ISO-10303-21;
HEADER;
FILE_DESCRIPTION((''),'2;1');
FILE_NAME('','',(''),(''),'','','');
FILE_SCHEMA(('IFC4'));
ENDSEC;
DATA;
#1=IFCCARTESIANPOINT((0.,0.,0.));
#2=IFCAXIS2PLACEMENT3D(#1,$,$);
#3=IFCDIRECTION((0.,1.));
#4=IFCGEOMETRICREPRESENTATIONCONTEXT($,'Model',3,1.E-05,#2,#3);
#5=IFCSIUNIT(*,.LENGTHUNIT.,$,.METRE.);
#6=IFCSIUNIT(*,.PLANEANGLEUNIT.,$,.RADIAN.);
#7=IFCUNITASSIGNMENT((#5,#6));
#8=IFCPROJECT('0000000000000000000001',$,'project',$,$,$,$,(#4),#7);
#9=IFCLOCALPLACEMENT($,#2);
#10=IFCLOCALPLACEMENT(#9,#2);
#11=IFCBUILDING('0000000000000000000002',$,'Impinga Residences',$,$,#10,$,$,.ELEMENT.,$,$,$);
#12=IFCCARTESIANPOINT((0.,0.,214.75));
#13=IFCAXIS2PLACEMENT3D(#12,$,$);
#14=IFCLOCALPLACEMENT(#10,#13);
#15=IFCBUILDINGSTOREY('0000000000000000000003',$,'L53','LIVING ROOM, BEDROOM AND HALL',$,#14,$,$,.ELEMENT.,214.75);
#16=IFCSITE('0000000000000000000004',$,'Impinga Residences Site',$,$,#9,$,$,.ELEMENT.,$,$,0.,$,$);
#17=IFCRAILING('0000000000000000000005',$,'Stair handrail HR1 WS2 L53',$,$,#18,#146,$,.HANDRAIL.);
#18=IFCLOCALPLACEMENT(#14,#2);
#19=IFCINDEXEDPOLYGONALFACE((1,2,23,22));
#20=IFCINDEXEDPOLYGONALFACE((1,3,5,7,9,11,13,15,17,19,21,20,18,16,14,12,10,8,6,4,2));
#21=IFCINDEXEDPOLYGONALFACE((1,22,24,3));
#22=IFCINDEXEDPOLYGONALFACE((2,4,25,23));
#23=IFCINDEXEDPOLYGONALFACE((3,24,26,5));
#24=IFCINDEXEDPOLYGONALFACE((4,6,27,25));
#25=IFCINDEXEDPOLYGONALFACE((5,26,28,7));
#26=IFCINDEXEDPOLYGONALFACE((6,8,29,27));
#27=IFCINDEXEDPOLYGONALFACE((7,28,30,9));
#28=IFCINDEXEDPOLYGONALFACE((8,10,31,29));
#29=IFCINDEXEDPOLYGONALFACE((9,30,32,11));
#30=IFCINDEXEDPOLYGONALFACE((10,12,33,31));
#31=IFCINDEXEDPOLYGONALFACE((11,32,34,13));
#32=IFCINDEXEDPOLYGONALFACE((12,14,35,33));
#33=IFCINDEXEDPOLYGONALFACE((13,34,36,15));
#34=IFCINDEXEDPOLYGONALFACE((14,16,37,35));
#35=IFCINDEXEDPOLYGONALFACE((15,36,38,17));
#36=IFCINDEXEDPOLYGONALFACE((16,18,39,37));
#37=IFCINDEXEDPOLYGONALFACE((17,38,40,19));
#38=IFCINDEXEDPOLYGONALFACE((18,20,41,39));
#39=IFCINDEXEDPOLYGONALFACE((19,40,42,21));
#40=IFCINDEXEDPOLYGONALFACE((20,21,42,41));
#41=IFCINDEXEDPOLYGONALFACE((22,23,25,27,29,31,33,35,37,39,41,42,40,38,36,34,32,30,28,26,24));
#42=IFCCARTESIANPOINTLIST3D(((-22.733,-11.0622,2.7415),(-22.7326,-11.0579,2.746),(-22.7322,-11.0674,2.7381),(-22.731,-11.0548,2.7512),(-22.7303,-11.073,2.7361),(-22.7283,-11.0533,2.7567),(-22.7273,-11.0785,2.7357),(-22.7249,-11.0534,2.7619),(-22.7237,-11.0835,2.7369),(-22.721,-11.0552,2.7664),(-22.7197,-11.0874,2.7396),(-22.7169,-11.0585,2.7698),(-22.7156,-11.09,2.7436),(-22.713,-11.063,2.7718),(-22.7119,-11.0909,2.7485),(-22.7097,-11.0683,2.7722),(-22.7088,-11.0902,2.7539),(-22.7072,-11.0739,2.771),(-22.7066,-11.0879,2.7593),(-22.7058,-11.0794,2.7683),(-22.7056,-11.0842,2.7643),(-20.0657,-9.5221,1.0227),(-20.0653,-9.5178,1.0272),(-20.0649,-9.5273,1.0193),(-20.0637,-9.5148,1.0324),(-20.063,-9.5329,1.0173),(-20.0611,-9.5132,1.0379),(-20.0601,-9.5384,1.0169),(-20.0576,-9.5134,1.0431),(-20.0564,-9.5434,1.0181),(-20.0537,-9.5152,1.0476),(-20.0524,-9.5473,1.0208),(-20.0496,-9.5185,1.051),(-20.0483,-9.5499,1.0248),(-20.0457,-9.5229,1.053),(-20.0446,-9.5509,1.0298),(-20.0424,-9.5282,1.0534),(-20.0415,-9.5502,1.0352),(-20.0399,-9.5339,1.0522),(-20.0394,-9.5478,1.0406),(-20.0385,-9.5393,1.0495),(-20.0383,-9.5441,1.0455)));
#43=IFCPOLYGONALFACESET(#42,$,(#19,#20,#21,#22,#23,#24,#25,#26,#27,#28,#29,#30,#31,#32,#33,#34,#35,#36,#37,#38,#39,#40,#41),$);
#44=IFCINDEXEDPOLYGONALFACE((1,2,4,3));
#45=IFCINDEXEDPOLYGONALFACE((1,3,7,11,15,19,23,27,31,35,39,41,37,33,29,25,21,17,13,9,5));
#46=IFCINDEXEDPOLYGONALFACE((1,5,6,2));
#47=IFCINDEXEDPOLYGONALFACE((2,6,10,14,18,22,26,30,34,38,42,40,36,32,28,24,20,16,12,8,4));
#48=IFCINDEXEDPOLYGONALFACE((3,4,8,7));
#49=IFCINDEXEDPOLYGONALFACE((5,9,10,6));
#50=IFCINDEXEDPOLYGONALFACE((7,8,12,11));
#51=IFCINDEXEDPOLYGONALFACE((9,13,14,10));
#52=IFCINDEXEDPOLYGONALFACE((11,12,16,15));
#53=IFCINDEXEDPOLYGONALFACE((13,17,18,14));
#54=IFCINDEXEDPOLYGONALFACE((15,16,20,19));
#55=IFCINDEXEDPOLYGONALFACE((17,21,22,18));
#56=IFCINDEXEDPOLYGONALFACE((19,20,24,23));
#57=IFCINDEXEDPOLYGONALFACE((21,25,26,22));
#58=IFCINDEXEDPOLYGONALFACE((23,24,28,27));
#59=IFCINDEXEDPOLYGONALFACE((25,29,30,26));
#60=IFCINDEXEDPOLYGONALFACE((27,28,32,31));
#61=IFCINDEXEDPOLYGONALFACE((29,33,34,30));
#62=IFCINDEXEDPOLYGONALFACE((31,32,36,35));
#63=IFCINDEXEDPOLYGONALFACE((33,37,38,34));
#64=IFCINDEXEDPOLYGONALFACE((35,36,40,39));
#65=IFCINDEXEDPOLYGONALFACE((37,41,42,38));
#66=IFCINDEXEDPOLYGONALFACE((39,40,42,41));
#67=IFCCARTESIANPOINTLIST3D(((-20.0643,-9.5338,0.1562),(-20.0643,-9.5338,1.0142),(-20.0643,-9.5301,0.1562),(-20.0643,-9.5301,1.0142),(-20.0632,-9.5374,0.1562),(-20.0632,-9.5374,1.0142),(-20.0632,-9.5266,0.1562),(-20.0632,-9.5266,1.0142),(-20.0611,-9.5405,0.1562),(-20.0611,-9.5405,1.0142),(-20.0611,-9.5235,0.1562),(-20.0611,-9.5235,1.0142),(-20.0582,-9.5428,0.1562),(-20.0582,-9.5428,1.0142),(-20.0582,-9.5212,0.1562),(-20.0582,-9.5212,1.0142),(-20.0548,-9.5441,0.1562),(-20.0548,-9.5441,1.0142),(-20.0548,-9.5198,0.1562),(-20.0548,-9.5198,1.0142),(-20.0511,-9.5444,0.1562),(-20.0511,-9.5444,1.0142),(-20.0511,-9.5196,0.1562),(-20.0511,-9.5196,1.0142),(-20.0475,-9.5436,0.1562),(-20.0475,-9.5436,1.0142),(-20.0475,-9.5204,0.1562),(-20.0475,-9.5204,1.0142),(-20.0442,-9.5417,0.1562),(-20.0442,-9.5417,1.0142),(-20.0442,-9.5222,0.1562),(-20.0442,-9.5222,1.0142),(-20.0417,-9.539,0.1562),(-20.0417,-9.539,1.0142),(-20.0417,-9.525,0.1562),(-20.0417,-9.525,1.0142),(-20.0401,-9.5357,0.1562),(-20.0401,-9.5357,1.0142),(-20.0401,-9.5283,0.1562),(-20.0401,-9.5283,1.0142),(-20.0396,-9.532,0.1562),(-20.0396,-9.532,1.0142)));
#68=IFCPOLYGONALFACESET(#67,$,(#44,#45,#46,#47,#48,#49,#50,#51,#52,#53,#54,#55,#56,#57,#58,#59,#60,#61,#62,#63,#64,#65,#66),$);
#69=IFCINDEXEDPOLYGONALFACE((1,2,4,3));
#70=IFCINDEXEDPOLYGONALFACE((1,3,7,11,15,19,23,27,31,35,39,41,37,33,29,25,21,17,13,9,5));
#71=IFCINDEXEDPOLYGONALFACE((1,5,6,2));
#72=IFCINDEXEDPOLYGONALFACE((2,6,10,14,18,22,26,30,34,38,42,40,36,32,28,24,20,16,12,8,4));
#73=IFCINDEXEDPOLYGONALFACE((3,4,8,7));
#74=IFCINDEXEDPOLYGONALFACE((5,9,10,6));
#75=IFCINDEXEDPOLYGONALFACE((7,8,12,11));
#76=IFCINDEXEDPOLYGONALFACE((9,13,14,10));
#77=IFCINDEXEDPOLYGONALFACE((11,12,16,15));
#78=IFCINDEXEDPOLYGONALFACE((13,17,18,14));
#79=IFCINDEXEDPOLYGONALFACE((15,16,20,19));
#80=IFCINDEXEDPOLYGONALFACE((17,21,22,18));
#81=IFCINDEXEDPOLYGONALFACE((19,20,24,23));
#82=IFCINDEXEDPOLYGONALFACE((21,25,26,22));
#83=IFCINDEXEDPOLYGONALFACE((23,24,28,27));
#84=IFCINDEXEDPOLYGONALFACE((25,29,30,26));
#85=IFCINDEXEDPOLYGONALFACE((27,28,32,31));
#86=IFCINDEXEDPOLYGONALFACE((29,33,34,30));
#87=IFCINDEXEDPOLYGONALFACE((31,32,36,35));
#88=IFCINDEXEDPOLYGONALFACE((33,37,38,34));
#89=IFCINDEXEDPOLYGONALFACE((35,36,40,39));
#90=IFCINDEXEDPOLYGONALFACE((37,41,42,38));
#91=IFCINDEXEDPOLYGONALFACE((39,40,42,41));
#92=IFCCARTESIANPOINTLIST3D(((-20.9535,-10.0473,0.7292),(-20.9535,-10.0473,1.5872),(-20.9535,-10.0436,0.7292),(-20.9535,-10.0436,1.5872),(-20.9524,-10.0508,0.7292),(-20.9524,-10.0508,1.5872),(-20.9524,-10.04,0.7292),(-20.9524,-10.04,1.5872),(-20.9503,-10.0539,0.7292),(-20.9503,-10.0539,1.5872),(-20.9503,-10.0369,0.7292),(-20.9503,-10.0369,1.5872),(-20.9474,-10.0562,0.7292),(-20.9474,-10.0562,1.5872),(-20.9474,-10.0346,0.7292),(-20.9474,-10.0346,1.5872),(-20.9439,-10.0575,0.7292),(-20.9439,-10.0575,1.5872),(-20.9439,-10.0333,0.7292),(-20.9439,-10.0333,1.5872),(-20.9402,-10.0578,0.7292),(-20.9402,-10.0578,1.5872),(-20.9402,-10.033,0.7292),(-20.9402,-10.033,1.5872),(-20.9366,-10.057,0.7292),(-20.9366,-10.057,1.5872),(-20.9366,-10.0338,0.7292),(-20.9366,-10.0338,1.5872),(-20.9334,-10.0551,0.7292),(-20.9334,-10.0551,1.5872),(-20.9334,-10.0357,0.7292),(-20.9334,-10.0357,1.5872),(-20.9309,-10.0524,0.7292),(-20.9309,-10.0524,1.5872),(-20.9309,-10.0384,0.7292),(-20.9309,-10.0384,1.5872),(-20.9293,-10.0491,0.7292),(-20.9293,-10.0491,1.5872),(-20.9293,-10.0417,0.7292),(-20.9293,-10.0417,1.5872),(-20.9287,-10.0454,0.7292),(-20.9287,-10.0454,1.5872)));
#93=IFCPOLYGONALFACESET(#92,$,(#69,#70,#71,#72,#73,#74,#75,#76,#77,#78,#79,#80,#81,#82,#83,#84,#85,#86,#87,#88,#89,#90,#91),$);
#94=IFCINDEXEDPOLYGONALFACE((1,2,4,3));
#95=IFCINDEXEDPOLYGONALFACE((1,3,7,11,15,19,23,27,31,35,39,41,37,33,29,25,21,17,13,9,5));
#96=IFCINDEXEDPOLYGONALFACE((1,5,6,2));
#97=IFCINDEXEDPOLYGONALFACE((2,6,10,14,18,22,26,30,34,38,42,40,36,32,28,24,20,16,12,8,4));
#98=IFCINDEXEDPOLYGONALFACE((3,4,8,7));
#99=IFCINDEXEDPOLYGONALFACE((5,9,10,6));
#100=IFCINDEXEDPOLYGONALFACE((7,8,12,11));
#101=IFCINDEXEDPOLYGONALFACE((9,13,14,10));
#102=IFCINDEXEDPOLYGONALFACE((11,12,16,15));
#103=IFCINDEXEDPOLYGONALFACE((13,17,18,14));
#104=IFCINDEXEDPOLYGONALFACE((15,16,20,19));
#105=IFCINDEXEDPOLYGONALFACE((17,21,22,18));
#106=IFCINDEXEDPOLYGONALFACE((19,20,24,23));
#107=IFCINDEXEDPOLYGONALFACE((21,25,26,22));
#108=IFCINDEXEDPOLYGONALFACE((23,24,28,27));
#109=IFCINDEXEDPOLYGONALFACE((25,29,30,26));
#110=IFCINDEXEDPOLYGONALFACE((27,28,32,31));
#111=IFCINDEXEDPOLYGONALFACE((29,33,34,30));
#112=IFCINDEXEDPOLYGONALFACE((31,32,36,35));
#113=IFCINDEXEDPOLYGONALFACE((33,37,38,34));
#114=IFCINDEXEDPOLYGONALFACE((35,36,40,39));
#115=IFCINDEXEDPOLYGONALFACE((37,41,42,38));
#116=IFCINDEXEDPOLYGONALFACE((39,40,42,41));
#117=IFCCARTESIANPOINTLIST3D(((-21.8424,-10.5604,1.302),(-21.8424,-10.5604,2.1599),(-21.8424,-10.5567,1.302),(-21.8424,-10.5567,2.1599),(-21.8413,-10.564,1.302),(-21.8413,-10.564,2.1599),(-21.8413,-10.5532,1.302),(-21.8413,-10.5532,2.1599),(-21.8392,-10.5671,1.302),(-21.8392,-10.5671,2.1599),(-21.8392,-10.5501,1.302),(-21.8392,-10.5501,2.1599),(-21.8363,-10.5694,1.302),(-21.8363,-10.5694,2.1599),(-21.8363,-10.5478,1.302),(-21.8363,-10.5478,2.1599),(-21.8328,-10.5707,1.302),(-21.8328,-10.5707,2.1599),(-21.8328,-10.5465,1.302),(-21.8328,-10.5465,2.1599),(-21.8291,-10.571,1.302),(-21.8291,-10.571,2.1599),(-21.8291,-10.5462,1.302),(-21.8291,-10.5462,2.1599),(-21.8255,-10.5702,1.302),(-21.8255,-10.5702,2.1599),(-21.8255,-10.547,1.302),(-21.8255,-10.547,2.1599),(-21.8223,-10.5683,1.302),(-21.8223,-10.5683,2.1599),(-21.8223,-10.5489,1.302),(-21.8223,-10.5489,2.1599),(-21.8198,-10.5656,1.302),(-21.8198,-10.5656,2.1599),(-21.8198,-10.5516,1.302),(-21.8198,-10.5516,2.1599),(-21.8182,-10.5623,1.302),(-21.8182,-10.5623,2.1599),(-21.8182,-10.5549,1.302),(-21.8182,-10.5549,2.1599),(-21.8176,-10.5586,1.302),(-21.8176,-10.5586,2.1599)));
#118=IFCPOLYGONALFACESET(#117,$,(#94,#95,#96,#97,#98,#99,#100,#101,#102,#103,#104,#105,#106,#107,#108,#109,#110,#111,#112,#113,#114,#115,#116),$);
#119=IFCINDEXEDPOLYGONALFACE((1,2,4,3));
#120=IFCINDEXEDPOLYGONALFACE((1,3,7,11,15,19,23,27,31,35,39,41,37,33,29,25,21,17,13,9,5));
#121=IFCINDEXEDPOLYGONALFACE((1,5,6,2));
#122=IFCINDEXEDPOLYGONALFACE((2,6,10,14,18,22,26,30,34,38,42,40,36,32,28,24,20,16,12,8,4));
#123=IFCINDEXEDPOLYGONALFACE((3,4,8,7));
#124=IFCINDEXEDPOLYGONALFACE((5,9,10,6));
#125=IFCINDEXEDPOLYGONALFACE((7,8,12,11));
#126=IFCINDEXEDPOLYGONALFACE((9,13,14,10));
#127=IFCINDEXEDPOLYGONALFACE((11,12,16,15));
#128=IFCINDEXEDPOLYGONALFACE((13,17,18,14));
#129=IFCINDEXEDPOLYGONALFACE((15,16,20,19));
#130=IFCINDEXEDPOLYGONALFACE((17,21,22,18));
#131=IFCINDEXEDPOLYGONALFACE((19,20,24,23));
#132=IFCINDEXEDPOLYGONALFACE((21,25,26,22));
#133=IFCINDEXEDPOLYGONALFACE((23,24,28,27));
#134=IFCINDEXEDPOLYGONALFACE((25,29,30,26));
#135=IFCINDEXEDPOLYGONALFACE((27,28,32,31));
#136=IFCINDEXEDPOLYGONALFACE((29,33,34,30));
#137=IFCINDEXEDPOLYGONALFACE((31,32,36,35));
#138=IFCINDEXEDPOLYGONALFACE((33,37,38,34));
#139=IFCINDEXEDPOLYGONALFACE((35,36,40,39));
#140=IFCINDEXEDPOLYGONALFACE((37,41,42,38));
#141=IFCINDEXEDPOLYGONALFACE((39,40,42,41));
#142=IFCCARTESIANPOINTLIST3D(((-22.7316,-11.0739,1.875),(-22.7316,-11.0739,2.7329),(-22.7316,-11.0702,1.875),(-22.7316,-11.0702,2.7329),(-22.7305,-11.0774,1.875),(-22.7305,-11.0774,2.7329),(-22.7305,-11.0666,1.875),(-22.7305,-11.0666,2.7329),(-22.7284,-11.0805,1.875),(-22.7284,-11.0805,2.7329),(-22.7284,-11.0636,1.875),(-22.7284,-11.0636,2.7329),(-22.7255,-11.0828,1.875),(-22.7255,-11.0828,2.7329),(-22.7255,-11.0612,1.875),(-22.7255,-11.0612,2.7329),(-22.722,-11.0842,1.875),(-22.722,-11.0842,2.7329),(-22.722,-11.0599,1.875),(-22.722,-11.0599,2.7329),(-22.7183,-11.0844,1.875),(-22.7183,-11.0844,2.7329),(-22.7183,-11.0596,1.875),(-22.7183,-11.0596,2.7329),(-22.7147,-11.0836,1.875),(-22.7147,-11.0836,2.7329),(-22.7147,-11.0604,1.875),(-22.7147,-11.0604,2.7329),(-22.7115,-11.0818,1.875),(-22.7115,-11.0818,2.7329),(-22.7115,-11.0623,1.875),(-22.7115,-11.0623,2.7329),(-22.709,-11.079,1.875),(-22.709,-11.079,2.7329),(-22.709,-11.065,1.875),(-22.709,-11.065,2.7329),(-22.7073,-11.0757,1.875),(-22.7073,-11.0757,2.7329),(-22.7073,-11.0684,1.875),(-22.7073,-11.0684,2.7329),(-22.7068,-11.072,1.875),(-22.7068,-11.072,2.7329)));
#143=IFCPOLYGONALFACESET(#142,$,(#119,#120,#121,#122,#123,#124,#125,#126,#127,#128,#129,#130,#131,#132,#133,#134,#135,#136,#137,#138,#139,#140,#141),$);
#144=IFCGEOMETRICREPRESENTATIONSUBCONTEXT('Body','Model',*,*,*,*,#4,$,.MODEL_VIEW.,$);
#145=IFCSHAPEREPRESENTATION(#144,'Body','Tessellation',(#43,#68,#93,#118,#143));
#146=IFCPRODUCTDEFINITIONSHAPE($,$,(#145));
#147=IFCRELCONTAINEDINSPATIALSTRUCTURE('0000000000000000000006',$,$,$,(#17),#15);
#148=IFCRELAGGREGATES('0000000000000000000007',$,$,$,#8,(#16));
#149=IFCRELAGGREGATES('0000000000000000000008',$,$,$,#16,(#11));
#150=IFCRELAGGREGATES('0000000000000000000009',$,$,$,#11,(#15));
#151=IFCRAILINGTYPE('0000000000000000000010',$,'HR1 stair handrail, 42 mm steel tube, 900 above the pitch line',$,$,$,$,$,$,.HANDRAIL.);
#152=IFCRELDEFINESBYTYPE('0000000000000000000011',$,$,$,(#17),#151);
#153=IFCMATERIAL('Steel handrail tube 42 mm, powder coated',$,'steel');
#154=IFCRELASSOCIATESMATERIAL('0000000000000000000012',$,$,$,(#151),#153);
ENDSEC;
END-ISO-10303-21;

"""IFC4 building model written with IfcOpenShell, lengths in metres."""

from ifc_helpers import new_model, si_unit, direction, frame, origin, origin_2d, place, context, subcontext, project, spatial, circle, extrude, material, type_object, element, save


model = new_model("IFC4")

# Units and contexts
model_context = context("Model", 3, precision=1e-05, world=origin(), true_north=direction((0.0, 1.0)))
body_context = subcontext(model_context, "Body", "Model", "MODEL_VIEW")
ifc_project = project(units=[si_unit("LENGTHUNIT", "METRE"), si_unit("PLANEANGLEUNIT", "RADIAN")], contexts=[model_context])

# Site, building, storey
site_placement = place(None, origin())
site = spatial("IfcSite", under=ifc_project, at=site_placement, Name="Impinga Residences Site", CompositionType="ELEMENT", RefElevation=0.0)
building_placement = place(site_placement, origin())
building = spatial("IfcBuilding", under=site, at=building_placement, Name="Impinga Residences", CompositionType="ELEMENT")
storey_placement = place(building_placement, frame((0.0, 0.0, 214.75)))
storey = spatial("IfcBuildingStorey", under=building, at=storey_placement, Name="L53", Description="LIVING ROOM, BEDROOM AND HALL", CompositionType="ELEMENT", Elevation=214.75)

# Railing
ifc_material_1 = material(Name="Steel handrail tube 42 mm, powder coated", Category="steel")
railing_type_1 = type_object("IfcRailingType", Name="HR1 stair handrail, 42 mm steel tube, 900 above the pitch line", PredefinedType="HANDRAIL", material=ifc_material_1)
railing_1_placement = place(storey_placement, frame((-20.052, -9.532, 0.1562)))
element("IfcRailing", 1, at=railing_1_placement, inside=storey, type_object=railing_type_1, Name="Stair handrail HR1 WS2 L53", PredefinedType="HANDRAIL", context=body_context, shape_type="SweptSolid", body=[
    extrude(circle(Radius=0.021, at=origin_2d()), frame((0.0, 0.0, 0.8789), z_axis=(-0.756226, -0.436639, 0.487307), x_axis=(0.500027, -0.86601, 0.0)), (0.0, 0.0, 1.0), 3.5271),
    extrude(circle(Radius=0.0125, at=origin_2d()), origin(), (0.0, 0.0, 1.0), 0.8579),
    extrude(circle(Radius=0.0125, at=origin_2d()), frame((-0.8892, -0.5134, 0.573)), (0.0, 0.0, 1.0), 0.8579),
    extrude(circle(Radius=0.0125, at=origin_2d()), frame((-1.7781, -1.0266, 1.1458)), (0.0, 0.0, 1.0), 0.8579),
    extrude(circle(Radius=0.0125, at=origin_2d()), frame((-2.6672, -1.54, 1.7188)), (0.0, 0.0, 1.0), 0.8579),
])

save(model, "model.ifc")
